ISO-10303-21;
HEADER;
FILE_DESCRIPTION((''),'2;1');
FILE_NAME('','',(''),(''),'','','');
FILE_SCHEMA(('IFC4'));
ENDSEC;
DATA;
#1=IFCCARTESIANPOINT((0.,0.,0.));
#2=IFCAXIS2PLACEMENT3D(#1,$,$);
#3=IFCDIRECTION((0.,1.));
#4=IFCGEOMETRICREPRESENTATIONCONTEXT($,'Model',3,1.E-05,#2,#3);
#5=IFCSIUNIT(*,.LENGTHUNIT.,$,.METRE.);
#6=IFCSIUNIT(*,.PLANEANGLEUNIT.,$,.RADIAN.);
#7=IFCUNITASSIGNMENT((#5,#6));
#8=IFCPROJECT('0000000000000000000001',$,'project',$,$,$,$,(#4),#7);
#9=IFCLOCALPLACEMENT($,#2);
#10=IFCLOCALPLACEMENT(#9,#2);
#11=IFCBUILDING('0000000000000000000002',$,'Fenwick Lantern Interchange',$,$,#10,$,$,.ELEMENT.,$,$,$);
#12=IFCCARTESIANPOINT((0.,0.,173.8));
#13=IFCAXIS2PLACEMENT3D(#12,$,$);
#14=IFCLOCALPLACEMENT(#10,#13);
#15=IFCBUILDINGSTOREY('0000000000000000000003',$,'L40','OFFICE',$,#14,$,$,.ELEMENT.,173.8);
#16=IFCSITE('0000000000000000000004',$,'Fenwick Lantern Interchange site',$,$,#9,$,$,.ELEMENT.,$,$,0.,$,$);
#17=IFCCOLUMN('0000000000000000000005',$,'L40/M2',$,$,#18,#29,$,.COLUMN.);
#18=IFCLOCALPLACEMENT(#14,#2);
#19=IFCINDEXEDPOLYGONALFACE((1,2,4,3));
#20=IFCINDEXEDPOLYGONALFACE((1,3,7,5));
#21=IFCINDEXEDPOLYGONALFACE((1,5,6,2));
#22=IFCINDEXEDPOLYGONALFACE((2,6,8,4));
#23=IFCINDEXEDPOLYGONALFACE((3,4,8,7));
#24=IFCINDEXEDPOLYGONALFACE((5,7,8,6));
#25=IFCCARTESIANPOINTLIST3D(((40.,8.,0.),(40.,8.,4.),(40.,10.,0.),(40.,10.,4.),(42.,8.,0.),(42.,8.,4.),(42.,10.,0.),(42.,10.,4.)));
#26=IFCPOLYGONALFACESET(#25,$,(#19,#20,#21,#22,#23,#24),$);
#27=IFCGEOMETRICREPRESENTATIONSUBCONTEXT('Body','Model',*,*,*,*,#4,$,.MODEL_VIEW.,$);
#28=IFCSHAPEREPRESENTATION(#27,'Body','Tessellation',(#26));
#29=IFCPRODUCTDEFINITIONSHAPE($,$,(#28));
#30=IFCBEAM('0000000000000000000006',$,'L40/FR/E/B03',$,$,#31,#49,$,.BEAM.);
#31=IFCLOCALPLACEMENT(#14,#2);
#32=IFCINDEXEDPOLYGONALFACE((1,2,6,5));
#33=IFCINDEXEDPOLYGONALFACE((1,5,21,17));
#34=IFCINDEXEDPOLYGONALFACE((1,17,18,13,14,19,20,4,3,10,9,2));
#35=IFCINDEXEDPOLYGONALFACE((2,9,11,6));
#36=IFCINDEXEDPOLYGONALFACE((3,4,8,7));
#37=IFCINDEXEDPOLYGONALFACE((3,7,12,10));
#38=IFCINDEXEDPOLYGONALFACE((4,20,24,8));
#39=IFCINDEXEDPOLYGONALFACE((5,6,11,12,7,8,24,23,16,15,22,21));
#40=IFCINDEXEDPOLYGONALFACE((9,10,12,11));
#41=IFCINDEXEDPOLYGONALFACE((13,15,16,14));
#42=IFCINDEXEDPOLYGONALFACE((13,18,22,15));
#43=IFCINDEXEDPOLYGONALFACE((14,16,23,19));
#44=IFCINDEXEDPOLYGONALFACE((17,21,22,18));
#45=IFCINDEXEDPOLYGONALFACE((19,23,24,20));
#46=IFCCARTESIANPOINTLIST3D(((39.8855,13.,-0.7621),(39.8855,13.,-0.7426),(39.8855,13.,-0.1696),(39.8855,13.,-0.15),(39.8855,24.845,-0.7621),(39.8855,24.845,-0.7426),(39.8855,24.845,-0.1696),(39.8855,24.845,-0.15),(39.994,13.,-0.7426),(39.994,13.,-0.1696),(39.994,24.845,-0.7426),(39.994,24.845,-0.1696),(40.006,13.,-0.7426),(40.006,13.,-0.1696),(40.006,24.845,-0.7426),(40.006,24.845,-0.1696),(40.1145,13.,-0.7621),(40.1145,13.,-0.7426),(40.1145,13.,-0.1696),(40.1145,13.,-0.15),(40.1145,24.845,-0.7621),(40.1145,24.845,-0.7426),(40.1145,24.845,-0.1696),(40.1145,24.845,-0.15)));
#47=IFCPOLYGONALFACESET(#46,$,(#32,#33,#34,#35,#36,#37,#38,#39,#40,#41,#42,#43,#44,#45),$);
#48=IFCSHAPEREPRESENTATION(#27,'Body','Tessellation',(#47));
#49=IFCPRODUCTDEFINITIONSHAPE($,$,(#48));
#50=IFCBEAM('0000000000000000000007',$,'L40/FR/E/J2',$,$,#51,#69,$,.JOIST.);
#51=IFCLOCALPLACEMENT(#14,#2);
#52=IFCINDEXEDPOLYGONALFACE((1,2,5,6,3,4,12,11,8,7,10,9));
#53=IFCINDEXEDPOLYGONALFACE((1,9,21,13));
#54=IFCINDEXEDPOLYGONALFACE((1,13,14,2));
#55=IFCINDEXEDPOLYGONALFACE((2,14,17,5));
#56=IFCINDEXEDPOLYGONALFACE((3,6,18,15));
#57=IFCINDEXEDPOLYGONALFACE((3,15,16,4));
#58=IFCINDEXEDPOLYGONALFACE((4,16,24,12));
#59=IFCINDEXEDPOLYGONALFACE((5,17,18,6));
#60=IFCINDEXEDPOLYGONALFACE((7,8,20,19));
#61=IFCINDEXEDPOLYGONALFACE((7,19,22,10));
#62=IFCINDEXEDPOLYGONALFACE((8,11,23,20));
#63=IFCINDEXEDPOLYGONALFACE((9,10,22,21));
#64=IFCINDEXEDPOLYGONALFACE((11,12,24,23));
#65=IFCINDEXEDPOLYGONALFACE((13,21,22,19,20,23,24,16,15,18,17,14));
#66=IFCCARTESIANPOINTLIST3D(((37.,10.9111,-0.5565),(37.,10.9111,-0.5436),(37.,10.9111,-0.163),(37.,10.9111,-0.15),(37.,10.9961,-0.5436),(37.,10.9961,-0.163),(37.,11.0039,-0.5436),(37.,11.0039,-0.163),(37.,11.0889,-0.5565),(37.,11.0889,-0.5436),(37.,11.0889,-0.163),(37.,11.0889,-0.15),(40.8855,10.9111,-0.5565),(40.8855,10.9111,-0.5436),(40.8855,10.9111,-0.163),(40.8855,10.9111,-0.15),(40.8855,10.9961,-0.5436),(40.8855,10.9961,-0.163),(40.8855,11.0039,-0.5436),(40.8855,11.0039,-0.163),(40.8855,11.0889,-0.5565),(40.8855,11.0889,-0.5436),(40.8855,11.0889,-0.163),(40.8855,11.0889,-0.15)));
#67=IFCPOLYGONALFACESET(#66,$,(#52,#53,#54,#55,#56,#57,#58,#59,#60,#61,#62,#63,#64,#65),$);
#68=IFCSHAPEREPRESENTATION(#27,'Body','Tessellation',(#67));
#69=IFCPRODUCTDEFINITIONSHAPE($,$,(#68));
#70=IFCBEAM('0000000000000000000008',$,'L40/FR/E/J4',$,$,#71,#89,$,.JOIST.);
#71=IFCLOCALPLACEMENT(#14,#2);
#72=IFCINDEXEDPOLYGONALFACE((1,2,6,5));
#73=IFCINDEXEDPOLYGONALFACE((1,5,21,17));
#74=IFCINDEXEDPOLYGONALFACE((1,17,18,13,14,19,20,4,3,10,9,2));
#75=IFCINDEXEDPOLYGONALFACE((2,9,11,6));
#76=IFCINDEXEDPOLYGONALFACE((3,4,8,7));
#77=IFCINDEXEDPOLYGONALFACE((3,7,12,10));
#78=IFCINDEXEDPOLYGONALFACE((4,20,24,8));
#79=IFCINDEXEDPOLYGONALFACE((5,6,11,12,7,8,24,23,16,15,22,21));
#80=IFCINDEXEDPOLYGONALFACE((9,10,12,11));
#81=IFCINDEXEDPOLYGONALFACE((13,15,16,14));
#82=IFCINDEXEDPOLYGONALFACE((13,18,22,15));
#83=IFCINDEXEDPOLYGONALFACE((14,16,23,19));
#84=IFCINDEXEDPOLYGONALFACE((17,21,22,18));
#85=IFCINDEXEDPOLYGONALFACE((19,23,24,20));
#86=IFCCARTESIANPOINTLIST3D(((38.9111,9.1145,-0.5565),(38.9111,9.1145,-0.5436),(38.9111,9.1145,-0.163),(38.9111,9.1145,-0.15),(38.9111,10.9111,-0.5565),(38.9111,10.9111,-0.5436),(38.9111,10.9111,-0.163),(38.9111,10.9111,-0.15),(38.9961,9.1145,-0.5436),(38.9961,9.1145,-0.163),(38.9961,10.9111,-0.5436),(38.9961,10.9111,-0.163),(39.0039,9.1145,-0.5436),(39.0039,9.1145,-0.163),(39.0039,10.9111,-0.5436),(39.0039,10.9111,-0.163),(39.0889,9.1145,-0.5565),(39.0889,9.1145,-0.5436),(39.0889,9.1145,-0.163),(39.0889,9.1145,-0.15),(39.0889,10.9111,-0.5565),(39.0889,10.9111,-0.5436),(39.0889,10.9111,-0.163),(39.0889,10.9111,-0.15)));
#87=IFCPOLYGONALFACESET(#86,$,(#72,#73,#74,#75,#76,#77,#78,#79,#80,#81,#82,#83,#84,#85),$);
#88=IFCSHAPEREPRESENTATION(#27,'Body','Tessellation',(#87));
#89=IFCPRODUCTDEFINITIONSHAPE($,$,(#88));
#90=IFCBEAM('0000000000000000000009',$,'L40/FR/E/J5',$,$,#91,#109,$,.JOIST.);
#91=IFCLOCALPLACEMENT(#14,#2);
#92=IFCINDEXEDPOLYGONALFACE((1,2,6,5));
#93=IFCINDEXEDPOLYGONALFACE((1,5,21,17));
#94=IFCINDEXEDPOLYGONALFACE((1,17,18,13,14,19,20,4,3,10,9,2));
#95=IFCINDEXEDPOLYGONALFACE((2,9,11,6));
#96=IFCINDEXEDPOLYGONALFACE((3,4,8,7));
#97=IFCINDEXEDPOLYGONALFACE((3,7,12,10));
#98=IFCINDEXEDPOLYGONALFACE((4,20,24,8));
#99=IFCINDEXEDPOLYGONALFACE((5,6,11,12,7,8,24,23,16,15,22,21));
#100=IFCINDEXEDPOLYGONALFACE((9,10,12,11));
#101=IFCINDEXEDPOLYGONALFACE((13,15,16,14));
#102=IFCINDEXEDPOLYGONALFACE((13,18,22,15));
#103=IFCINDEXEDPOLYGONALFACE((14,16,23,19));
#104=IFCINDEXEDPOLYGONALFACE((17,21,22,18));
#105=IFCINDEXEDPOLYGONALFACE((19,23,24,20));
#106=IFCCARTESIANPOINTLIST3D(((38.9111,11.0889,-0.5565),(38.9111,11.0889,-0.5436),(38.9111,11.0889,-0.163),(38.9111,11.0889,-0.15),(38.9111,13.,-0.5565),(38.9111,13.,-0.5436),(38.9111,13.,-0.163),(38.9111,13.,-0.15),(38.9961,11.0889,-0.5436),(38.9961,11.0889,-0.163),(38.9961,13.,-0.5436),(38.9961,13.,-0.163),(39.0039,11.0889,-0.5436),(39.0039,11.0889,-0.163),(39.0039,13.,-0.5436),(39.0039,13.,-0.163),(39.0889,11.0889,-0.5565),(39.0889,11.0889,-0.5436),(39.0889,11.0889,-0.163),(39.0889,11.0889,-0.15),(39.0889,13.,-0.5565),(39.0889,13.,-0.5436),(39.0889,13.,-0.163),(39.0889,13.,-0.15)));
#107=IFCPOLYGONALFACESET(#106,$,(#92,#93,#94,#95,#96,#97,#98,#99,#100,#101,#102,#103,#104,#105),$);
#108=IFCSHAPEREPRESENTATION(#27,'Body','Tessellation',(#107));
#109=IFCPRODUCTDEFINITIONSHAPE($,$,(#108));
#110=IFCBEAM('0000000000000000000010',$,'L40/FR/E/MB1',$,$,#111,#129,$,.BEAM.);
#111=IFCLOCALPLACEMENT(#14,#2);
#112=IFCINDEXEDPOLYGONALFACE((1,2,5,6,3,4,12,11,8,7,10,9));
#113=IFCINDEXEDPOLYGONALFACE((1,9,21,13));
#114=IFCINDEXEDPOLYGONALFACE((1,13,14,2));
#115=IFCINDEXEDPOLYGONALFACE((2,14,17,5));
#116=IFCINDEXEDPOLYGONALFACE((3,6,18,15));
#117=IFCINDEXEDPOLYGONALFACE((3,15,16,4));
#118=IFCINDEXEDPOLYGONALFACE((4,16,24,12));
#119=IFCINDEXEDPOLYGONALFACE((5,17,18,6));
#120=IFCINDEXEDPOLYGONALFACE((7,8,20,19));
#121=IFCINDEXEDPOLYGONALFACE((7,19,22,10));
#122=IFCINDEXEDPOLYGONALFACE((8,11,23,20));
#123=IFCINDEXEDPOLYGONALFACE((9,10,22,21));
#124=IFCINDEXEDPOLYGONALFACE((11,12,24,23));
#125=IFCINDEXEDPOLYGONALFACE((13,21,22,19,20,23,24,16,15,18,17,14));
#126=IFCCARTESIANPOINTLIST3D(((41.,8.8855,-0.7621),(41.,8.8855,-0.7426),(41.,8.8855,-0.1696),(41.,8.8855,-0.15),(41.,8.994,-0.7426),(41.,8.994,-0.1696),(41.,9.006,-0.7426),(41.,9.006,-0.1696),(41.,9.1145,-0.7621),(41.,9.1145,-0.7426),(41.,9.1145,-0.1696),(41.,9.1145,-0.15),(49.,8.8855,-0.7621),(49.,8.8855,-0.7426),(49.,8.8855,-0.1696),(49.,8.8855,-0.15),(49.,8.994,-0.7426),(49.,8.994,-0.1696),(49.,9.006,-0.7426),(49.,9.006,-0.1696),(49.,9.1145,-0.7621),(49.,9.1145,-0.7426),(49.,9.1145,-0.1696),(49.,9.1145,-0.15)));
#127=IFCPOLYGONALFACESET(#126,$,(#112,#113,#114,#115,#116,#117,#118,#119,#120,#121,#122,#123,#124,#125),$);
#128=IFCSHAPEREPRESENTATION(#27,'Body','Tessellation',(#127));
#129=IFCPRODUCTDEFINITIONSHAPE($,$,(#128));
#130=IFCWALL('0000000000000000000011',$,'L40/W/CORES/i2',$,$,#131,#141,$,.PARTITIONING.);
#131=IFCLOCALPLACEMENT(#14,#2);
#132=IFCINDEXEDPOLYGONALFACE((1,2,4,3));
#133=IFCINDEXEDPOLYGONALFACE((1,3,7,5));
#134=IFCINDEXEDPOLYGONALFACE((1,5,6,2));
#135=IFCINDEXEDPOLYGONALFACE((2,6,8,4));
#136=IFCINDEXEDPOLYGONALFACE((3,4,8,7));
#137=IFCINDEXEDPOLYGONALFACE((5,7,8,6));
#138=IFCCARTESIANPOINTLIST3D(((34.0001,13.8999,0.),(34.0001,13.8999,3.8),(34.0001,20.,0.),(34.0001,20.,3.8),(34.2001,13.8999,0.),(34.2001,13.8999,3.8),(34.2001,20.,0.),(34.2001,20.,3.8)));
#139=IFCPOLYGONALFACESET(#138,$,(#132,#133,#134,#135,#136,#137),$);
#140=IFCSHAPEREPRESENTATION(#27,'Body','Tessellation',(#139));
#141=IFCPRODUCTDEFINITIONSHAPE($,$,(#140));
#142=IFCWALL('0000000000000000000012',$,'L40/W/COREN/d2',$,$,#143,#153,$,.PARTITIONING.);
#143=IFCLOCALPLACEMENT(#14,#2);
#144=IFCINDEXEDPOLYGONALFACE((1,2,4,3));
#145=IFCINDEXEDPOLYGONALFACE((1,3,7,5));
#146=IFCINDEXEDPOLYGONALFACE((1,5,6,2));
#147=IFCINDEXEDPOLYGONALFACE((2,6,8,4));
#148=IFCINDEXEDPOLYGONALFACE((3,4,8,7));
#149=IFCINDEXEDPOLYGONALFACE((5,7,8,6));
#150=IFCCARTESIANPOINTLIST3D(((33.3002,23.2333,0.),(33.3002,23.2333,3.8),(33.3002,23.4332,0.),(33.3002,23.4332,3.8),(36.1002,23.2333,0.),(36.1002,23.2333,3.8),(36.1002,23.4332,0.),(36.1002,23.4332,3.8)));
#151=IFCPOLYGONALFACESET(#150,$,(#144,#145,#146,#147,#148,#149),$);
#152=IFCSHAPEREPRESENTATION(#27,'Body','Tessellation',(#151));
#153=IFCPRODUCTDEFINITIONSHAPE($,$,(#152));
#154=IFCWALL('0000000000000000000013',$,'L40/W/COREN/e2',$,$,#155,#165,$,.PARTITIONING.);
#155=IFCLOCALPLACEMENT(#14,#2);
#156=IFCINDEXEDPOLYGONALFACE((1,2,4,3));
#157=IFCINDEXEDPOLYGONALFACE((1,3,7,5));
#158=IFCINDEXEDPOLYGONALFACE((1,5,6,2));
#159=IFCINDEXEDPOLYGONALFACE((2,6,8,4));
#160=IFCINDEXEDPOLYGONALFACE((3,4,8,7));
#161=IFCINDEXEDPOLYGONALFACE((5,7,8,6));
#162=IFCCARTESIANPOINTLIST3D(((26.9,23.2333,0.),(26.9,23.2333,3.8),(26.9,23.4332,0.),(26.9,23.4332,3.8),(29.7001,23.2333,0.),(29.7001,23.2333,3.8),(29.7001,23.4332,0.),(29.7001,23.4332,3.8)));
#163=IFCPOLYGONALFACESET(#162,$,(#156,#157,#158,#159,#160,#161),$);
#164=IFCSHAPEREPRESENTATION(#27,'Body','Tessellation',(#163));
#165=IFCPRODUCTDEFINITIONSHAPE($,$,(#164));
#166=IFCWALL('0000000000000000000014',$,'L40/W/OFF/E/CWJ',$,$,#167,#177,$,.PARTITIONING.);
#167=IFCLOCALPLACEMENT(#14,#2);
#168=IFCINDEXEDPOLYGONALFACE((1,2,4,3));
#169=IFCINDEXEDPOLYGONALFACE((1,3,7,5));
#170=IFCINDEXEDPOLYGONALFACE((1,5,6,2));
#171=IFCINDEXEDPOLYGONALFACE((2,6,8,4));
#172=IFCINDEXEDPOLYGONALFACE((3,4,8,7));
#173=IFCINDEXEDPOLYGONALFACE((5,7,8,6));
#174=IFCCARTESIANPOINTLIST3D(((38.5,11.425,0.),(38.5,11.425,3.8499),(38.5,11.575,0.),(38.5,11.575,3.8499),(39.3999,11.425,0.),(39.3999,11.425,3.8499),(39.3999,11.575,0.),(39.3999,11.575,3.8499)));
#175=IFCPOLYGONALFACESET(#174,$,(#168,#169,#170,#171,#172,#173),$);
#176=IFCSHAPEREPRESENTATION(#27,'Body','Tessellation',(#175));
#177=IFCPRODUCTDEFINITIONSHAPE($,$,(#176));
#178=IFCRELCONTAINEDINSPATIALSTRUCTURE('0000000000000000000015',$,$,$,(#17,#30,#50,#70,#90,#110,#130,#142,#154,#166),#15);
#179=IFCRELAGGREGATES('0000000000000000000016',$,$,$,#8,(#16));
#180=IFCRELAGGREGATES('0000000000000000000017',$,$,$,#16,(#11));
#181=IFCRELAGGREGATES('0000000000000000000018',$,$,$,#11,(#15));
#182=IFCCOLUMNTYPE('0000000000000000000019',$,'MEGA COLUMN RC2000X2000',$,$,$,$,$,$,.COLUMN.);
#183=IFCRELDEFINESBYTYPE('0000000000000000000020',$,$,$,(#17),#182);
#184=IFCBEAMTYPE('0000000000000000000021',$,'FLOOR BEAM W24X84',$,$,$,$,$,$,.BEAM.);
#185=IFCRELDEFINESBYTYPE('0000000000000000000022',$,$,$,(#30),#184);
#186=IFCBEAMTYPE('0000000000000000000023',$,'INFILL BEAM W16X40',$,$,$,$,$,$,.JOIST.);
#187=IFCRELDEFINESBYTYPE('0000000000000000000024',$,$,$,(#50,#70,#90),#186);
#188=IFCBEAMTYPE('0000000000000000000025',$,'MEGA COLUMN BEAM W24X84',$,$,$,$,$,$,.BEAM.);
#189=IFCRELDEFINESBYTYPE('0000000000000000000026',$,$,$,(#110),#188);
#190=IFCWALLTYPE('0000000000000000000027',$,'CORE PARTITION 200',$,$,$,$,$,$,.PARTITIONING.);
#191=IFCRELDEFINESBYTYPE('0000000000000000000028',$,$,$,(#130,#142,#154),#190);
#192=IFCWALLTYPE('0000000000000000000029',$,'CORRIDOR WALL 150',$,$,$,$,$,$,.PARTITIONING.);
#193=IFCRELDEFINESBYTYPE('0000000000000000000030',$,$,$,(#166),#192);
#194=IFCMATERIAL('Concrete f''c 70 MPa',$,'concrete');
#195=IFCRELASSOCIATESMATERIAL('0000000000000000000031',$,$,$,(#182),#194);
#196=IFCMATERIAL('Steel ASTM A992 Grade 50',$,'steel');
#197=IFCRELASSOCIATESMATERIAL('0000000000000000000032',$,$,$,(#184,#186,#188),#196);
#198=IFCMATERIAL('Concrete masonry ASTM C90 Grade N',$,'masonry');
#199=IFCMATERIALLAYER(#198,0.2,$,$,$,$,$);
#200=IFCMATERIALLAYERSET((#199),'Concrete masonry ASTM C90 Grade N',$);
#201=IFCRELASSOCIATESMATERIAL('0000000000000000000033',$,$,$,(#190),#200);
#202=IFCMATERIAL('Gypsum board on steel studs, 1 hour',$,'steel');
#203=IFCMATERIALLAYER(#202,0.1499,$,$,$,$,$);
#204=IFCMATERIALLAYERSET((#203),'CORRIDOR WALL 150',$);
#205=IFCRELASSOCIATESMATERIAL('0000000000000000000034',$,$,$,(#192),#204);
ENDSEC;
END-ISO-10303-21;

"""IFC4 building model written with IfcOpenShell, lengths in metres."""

from ifc_helpers import new_model, si_unit, direction, frame, frame_2d, origin, origin_2d, place, context, subcontext, project, spatial, rectangle, i_section, extrude, material, layer, layer_set, material_profile, profile_set, type_object, element, save


model = new_model("IFC4")

# Units and contexts
model_context = context("Model", 3, precision=1e-05, world=origin(), true_north=direction((0.0, 1.0)))
body_context = subcontext(model_context, "Body", "Model", "MODEL_VIEW")
ifc_project = project(units=[si_unit("LENGTHUNIT", "METRE"), si_unit("PLANEANGLEUNIT", "RADIAN")], contexts=[model_context])

# Site, building, storey
site_placement = place(None, origin())
site = spatial("IfcSite", under=ifc_project, at=site_placement, Name="Fenwick Lantern Interchange site", CompositionType="ELEMENT", RefElevation=0.0)
building_placement = place(site_placement, origin())
building = spatial("IfcBuilding", under=site, at=building_placement, Name="Fenwick Lantern Interchange", CompositionType="ELEMENT")
storey_placement = place(building_placement, frame((0.0, 0.0, 173.8)))
storey = spatial("IfcBuildingStorey", under=building, at=storey_placement, Name="L40", Description="OFFICE", CompositionType="ELEMENT", Elevation=173.8)

# Column
ifc_material_1 = material(Name="Concrete f'c 70 MPa", Category="concrete")
ifc_material_profile_1 = material_profile(ifc_material_1, rectangle(XDim=2.0, YDim=2.0, at=origin_2d()), Name="RC2000X2000")
ifc_profile_set_1 = profile_set([ifc_material_profile_1], Name="Concrete f'c 70 MPa")
column_type = type_object("IfcColumnType", Name="MEGA COLUMN RC2000X2000", PredefinedType="COLUMN", material=ifc_profile_set_1)
column_placement = place(storey_placement, frame((41.0, 9.0, 0.0), z_axis=(0.0, 0.0, 1.0), x_axis=(1.0, 0.0, 0.0)))
element("IfcColumn", 1, at=column_placement, inside=storey, type_object=column_type, Name="L40/M2", PredefinedType="COLUMN", context=body_context, shape_type="SweptSolid", body=[
    extrude(rectangle(XDim=2.0, YDim=2.0, at=origin_2d()), origin(), (0.0, 0.0, 1.0), 4.0),
])

# Beams
ifc_material_2 = material(Name="Steel ASTM A992 Grade 50", Category="steel")
ifc_material_profile_2 = material_profile(ifc_material_2, i_section(OverallWidth=0.229, OverallDepth=0.6121, WebThickness=0.012, FlangeThickness=0.0195, at=origin_2d()), Name="W24X84")
ifc_profile_set_2 = profile_set([ifc_material_profile_2], Name="Steel ASTM A992 Grade 50")
beam_type_1 = type_object("IfcBeamType", Name="FLOOR BEAM W24X84", PredefinedType="BEAM", material=ifc_profile_set_2)
beam_1_placement = place(storey_placement, frame((40.0, 13.0, -0.4561), z_axis=(0.0, 1.0, 0.0), x_axis=(-1.0, 0.0, 0.0)))
element("IfcBeam", 2, at=beam_1_placement, inside=storey, type_object=beam_type_1, Name="L40/FR/E/B03", PredefinedType="BEAM", context=body_context, shape_type="SweptSolid", body=[
    extrude(i_section(OverallWidth=0.229, OverallDepth=0.6121, WebThickness=0.012, FlangeThickness=0.0195, at=origin_2d()), origin(), (0.0, 0.0, 1.0), 11.845),
])
ifc_material_profile_3 = material_profile(ifc_material_2, i_section(OverallWidth=0.1777, OverallDepth=0.4065, WebThickness=0.0078, FlangeThickness=0.0129, at=origin_2d()), Name="W16X40")
ifc_profile_set_3 = profile_set([ifc_material_profile_3], Name="Steel ASTM A992 Grade 50")
beam_type_2 = type_object("IfcBeamType", Name="INFILL BEAM W16X40", PredefinedType="JOIST", material=ifc_profile_set_3)
beam_2_placement = place(storey_placement, frame((40.8855, 11.0, -0.3533), z_axis=(-1.0, 0.0, 0.0), x_axis=(0.0, -1.0, 0.0)))
element("IfcBeam", 3, at=beam_2_placement, inside=storey, type_object=beam_type_2, Name="L40/FR/E/J2", PredefinedType="JOIST", context=body_context, shape_type="SweptSolid", body=[
    extrude(i_section(OverallWidth=0.1777, OverallDepth=0.4065, WebThickness=0.0078, FlangeThickness=0.0129, at=origin_2d()), origin(), (0.0, 0.0, 1.0), 3.8855),
])
beam_3_placement = place(storey_placement, frame((39.0, 9.1145, -0.3533), z_axis=(0.0, 1.0, 0.0), x_axis=(-1.0, 0.0, 0.0)))
element("IfcBeam", 4, at=beam_3_placement, inside=storey, type_object=beam_type_2, Name="L40/FR/E/J4", PredefinedType="JOIST", context=body_context, shape_type="SweptSolid", body=[
    extrude(i_section(OverallWidth=0.1777, OverallDepth=0.4065, WebThickness=0.0078, FlangeThickness=0.0129, at=origin_2d()), origin(), (0.0, 0.0, 1.0), 1.7966),
])
beam_4_placement = place(storey_placement, frame((39.0, 11.0889, -0.3533), z_axis=(0.0, 1.0, 0.0), x_axis=(-1.0, 0.0, 0.0)))
element("IfcBeam", 5, at=beam_4_placement, inside=storey, type_object=beam_type_2, Name="L40/FR/E/J5", PredefinedType="JOIST", context=body_context, shape_type="SweptSolid", body=[
    extrude(i_section(OverallWidth=0.1777, OverallDepth=0.4065, WebThickness=0.0078, FlangeThickness=0.0129, at=origin_2d()), origin(), (0.0, 0.0, 1.0), 1.9111),
])
ifc_material_profile_4 = material_profile(ifc_material_2, i_section(OverallWidth=0.229, OverallDepth=0.6121, WebThickness=0.012, FlangeThickness=0.0195, at=origin_2d()), Name="W24X84")
ifc_profile_set_4 = profile_set([ifc_material_profile_4], Name="Steel ASTM A992 Grade 50")
beam_type_3 = type_object("IfcBeamType", Name="MEGA COLUMN BEAM W24X84", PredefinedType="BEAM", material=ifc_profile_set_4)
beam_5_placement = place(storey_placement, frame((41.0, 9.0, -0.4561), z_axis=(1.0, 0.0, 0.0), x_axis=(0.0, 1.0, 0.0)))
element("IfcBeam", 6, at=beam_5_placement, inside=storey, type_object=beam_type_3, Name="L40/FR/E/MB1", PredefinedType="BEAM", context=body_context, shape_type="SweptSolid", body=[
    extrude(i_section(OverallWidth=0.229, OverallDepth=0.6121, WebThickness=0.012, FlangeThickness=0.0195, at=origin_2d()), origin(), (0.0, 0.0, 1.0), 8.0),
])

# Walls
ifc_material_3 = material(Name="Concrete masonry ASTM C90 Grade N", Category="masonry")
ifc_layer_1 = layer(ifc_material_3, 0.2)
ifc_layer_set_1 = layer_set([ifc_layer_1], Name="Concrete masonry ASTM C90 Grade N")
wall_type_1 = type_object("IfcWallType", Name="CORE PARTITION 200", PredefinedType="PARTITIONING", material=ifc_layer_set_1)
wall_1_placement = place(storey_placement, frame((34.1001, 13.8999, 0.0), z_axis=(0.0, 0.0, 1.0), x_axis=(0.0, 1.0, 0.0)))
element("IfcWall", 7, at=wall_1_placement, inside=storey, type_object=wall_type_1, Name="L40/W/CORES/i2", PredefinedType="PARTITIONING", context=body_context, shape_type="SweptSolid", body=[
    extrude(rectangle(XDim=6.1001, YDim=0.2, at=frame_2d((3.05, 0.0))), origin(), (0.0, 0.0, 1.0), 3.8),
])
for number, where, z_axis, x_axis, name in (
    (8, (36.1001, 23.3333, 0.0), (0.0, 0.0, 1.0), (-1.0, 0.0, 0.0), "L40/W/COREN/d2"),
    (9, (29.7, 23.3333, 0.0), (0.0, 0.0, 1.0), (-1.0, 0.0, 0.0), "L40/W/COREN/e2"),
):
    element("IfcWall", number, at=place(storey_placement, frame(where, z_axis=z_axis, x_axis=x_axis)), inside=storey, type_object=wall_type_1, Name=name, PredefinedType="PARTITIONING", context=body_context, shape_type="SweptSolid", body=[
        extrude(rectangle(XDim=2.8, YDim=0.2, at=frame_2d((1.3999, 0.0))), origin(), (0.0, 0.0, 1.0), 3.8),
    ])

# Wall
ifc_material_4 = material(Name="Gypsum board on steel studs, 1 hour", Category="steel")
ifc_layer_2 = layer(ifc_material_4, 0.1499)
ifc_layer_set_2 = layer_set([ifc_layer_2], Name="CORRIDOR WALL 150")
wall_type_2 = type_object("IfcWallType", Name="CORRIDOR WALL 150", PredefinedType="PARTITIONING", material=ifc_layer_set_2)
wall_2_placement = place(storey_placement, frame((38.5, 11.5, 0.0), z_axis=(0.0, 0.0, 1.0), x_axis=(1.0, 0.0, 0.0)))
element("IfcWall", 10, at=wall_2_placement, inside=storey, type_object=wall_type_2, Name="L40/W/OFF/E/CWJ", PredefinedType="PARTITIONING", context=body_context, shape_type="SweptSolid", body=[
    extrude(rectangle(XDim=0.8999, YDim=0.1499, at=frame_2d((0.45, 0.0))), origin(), (0.0, 0.0, 1.0), 3.8499),
])

save(model, "model.ifc")
